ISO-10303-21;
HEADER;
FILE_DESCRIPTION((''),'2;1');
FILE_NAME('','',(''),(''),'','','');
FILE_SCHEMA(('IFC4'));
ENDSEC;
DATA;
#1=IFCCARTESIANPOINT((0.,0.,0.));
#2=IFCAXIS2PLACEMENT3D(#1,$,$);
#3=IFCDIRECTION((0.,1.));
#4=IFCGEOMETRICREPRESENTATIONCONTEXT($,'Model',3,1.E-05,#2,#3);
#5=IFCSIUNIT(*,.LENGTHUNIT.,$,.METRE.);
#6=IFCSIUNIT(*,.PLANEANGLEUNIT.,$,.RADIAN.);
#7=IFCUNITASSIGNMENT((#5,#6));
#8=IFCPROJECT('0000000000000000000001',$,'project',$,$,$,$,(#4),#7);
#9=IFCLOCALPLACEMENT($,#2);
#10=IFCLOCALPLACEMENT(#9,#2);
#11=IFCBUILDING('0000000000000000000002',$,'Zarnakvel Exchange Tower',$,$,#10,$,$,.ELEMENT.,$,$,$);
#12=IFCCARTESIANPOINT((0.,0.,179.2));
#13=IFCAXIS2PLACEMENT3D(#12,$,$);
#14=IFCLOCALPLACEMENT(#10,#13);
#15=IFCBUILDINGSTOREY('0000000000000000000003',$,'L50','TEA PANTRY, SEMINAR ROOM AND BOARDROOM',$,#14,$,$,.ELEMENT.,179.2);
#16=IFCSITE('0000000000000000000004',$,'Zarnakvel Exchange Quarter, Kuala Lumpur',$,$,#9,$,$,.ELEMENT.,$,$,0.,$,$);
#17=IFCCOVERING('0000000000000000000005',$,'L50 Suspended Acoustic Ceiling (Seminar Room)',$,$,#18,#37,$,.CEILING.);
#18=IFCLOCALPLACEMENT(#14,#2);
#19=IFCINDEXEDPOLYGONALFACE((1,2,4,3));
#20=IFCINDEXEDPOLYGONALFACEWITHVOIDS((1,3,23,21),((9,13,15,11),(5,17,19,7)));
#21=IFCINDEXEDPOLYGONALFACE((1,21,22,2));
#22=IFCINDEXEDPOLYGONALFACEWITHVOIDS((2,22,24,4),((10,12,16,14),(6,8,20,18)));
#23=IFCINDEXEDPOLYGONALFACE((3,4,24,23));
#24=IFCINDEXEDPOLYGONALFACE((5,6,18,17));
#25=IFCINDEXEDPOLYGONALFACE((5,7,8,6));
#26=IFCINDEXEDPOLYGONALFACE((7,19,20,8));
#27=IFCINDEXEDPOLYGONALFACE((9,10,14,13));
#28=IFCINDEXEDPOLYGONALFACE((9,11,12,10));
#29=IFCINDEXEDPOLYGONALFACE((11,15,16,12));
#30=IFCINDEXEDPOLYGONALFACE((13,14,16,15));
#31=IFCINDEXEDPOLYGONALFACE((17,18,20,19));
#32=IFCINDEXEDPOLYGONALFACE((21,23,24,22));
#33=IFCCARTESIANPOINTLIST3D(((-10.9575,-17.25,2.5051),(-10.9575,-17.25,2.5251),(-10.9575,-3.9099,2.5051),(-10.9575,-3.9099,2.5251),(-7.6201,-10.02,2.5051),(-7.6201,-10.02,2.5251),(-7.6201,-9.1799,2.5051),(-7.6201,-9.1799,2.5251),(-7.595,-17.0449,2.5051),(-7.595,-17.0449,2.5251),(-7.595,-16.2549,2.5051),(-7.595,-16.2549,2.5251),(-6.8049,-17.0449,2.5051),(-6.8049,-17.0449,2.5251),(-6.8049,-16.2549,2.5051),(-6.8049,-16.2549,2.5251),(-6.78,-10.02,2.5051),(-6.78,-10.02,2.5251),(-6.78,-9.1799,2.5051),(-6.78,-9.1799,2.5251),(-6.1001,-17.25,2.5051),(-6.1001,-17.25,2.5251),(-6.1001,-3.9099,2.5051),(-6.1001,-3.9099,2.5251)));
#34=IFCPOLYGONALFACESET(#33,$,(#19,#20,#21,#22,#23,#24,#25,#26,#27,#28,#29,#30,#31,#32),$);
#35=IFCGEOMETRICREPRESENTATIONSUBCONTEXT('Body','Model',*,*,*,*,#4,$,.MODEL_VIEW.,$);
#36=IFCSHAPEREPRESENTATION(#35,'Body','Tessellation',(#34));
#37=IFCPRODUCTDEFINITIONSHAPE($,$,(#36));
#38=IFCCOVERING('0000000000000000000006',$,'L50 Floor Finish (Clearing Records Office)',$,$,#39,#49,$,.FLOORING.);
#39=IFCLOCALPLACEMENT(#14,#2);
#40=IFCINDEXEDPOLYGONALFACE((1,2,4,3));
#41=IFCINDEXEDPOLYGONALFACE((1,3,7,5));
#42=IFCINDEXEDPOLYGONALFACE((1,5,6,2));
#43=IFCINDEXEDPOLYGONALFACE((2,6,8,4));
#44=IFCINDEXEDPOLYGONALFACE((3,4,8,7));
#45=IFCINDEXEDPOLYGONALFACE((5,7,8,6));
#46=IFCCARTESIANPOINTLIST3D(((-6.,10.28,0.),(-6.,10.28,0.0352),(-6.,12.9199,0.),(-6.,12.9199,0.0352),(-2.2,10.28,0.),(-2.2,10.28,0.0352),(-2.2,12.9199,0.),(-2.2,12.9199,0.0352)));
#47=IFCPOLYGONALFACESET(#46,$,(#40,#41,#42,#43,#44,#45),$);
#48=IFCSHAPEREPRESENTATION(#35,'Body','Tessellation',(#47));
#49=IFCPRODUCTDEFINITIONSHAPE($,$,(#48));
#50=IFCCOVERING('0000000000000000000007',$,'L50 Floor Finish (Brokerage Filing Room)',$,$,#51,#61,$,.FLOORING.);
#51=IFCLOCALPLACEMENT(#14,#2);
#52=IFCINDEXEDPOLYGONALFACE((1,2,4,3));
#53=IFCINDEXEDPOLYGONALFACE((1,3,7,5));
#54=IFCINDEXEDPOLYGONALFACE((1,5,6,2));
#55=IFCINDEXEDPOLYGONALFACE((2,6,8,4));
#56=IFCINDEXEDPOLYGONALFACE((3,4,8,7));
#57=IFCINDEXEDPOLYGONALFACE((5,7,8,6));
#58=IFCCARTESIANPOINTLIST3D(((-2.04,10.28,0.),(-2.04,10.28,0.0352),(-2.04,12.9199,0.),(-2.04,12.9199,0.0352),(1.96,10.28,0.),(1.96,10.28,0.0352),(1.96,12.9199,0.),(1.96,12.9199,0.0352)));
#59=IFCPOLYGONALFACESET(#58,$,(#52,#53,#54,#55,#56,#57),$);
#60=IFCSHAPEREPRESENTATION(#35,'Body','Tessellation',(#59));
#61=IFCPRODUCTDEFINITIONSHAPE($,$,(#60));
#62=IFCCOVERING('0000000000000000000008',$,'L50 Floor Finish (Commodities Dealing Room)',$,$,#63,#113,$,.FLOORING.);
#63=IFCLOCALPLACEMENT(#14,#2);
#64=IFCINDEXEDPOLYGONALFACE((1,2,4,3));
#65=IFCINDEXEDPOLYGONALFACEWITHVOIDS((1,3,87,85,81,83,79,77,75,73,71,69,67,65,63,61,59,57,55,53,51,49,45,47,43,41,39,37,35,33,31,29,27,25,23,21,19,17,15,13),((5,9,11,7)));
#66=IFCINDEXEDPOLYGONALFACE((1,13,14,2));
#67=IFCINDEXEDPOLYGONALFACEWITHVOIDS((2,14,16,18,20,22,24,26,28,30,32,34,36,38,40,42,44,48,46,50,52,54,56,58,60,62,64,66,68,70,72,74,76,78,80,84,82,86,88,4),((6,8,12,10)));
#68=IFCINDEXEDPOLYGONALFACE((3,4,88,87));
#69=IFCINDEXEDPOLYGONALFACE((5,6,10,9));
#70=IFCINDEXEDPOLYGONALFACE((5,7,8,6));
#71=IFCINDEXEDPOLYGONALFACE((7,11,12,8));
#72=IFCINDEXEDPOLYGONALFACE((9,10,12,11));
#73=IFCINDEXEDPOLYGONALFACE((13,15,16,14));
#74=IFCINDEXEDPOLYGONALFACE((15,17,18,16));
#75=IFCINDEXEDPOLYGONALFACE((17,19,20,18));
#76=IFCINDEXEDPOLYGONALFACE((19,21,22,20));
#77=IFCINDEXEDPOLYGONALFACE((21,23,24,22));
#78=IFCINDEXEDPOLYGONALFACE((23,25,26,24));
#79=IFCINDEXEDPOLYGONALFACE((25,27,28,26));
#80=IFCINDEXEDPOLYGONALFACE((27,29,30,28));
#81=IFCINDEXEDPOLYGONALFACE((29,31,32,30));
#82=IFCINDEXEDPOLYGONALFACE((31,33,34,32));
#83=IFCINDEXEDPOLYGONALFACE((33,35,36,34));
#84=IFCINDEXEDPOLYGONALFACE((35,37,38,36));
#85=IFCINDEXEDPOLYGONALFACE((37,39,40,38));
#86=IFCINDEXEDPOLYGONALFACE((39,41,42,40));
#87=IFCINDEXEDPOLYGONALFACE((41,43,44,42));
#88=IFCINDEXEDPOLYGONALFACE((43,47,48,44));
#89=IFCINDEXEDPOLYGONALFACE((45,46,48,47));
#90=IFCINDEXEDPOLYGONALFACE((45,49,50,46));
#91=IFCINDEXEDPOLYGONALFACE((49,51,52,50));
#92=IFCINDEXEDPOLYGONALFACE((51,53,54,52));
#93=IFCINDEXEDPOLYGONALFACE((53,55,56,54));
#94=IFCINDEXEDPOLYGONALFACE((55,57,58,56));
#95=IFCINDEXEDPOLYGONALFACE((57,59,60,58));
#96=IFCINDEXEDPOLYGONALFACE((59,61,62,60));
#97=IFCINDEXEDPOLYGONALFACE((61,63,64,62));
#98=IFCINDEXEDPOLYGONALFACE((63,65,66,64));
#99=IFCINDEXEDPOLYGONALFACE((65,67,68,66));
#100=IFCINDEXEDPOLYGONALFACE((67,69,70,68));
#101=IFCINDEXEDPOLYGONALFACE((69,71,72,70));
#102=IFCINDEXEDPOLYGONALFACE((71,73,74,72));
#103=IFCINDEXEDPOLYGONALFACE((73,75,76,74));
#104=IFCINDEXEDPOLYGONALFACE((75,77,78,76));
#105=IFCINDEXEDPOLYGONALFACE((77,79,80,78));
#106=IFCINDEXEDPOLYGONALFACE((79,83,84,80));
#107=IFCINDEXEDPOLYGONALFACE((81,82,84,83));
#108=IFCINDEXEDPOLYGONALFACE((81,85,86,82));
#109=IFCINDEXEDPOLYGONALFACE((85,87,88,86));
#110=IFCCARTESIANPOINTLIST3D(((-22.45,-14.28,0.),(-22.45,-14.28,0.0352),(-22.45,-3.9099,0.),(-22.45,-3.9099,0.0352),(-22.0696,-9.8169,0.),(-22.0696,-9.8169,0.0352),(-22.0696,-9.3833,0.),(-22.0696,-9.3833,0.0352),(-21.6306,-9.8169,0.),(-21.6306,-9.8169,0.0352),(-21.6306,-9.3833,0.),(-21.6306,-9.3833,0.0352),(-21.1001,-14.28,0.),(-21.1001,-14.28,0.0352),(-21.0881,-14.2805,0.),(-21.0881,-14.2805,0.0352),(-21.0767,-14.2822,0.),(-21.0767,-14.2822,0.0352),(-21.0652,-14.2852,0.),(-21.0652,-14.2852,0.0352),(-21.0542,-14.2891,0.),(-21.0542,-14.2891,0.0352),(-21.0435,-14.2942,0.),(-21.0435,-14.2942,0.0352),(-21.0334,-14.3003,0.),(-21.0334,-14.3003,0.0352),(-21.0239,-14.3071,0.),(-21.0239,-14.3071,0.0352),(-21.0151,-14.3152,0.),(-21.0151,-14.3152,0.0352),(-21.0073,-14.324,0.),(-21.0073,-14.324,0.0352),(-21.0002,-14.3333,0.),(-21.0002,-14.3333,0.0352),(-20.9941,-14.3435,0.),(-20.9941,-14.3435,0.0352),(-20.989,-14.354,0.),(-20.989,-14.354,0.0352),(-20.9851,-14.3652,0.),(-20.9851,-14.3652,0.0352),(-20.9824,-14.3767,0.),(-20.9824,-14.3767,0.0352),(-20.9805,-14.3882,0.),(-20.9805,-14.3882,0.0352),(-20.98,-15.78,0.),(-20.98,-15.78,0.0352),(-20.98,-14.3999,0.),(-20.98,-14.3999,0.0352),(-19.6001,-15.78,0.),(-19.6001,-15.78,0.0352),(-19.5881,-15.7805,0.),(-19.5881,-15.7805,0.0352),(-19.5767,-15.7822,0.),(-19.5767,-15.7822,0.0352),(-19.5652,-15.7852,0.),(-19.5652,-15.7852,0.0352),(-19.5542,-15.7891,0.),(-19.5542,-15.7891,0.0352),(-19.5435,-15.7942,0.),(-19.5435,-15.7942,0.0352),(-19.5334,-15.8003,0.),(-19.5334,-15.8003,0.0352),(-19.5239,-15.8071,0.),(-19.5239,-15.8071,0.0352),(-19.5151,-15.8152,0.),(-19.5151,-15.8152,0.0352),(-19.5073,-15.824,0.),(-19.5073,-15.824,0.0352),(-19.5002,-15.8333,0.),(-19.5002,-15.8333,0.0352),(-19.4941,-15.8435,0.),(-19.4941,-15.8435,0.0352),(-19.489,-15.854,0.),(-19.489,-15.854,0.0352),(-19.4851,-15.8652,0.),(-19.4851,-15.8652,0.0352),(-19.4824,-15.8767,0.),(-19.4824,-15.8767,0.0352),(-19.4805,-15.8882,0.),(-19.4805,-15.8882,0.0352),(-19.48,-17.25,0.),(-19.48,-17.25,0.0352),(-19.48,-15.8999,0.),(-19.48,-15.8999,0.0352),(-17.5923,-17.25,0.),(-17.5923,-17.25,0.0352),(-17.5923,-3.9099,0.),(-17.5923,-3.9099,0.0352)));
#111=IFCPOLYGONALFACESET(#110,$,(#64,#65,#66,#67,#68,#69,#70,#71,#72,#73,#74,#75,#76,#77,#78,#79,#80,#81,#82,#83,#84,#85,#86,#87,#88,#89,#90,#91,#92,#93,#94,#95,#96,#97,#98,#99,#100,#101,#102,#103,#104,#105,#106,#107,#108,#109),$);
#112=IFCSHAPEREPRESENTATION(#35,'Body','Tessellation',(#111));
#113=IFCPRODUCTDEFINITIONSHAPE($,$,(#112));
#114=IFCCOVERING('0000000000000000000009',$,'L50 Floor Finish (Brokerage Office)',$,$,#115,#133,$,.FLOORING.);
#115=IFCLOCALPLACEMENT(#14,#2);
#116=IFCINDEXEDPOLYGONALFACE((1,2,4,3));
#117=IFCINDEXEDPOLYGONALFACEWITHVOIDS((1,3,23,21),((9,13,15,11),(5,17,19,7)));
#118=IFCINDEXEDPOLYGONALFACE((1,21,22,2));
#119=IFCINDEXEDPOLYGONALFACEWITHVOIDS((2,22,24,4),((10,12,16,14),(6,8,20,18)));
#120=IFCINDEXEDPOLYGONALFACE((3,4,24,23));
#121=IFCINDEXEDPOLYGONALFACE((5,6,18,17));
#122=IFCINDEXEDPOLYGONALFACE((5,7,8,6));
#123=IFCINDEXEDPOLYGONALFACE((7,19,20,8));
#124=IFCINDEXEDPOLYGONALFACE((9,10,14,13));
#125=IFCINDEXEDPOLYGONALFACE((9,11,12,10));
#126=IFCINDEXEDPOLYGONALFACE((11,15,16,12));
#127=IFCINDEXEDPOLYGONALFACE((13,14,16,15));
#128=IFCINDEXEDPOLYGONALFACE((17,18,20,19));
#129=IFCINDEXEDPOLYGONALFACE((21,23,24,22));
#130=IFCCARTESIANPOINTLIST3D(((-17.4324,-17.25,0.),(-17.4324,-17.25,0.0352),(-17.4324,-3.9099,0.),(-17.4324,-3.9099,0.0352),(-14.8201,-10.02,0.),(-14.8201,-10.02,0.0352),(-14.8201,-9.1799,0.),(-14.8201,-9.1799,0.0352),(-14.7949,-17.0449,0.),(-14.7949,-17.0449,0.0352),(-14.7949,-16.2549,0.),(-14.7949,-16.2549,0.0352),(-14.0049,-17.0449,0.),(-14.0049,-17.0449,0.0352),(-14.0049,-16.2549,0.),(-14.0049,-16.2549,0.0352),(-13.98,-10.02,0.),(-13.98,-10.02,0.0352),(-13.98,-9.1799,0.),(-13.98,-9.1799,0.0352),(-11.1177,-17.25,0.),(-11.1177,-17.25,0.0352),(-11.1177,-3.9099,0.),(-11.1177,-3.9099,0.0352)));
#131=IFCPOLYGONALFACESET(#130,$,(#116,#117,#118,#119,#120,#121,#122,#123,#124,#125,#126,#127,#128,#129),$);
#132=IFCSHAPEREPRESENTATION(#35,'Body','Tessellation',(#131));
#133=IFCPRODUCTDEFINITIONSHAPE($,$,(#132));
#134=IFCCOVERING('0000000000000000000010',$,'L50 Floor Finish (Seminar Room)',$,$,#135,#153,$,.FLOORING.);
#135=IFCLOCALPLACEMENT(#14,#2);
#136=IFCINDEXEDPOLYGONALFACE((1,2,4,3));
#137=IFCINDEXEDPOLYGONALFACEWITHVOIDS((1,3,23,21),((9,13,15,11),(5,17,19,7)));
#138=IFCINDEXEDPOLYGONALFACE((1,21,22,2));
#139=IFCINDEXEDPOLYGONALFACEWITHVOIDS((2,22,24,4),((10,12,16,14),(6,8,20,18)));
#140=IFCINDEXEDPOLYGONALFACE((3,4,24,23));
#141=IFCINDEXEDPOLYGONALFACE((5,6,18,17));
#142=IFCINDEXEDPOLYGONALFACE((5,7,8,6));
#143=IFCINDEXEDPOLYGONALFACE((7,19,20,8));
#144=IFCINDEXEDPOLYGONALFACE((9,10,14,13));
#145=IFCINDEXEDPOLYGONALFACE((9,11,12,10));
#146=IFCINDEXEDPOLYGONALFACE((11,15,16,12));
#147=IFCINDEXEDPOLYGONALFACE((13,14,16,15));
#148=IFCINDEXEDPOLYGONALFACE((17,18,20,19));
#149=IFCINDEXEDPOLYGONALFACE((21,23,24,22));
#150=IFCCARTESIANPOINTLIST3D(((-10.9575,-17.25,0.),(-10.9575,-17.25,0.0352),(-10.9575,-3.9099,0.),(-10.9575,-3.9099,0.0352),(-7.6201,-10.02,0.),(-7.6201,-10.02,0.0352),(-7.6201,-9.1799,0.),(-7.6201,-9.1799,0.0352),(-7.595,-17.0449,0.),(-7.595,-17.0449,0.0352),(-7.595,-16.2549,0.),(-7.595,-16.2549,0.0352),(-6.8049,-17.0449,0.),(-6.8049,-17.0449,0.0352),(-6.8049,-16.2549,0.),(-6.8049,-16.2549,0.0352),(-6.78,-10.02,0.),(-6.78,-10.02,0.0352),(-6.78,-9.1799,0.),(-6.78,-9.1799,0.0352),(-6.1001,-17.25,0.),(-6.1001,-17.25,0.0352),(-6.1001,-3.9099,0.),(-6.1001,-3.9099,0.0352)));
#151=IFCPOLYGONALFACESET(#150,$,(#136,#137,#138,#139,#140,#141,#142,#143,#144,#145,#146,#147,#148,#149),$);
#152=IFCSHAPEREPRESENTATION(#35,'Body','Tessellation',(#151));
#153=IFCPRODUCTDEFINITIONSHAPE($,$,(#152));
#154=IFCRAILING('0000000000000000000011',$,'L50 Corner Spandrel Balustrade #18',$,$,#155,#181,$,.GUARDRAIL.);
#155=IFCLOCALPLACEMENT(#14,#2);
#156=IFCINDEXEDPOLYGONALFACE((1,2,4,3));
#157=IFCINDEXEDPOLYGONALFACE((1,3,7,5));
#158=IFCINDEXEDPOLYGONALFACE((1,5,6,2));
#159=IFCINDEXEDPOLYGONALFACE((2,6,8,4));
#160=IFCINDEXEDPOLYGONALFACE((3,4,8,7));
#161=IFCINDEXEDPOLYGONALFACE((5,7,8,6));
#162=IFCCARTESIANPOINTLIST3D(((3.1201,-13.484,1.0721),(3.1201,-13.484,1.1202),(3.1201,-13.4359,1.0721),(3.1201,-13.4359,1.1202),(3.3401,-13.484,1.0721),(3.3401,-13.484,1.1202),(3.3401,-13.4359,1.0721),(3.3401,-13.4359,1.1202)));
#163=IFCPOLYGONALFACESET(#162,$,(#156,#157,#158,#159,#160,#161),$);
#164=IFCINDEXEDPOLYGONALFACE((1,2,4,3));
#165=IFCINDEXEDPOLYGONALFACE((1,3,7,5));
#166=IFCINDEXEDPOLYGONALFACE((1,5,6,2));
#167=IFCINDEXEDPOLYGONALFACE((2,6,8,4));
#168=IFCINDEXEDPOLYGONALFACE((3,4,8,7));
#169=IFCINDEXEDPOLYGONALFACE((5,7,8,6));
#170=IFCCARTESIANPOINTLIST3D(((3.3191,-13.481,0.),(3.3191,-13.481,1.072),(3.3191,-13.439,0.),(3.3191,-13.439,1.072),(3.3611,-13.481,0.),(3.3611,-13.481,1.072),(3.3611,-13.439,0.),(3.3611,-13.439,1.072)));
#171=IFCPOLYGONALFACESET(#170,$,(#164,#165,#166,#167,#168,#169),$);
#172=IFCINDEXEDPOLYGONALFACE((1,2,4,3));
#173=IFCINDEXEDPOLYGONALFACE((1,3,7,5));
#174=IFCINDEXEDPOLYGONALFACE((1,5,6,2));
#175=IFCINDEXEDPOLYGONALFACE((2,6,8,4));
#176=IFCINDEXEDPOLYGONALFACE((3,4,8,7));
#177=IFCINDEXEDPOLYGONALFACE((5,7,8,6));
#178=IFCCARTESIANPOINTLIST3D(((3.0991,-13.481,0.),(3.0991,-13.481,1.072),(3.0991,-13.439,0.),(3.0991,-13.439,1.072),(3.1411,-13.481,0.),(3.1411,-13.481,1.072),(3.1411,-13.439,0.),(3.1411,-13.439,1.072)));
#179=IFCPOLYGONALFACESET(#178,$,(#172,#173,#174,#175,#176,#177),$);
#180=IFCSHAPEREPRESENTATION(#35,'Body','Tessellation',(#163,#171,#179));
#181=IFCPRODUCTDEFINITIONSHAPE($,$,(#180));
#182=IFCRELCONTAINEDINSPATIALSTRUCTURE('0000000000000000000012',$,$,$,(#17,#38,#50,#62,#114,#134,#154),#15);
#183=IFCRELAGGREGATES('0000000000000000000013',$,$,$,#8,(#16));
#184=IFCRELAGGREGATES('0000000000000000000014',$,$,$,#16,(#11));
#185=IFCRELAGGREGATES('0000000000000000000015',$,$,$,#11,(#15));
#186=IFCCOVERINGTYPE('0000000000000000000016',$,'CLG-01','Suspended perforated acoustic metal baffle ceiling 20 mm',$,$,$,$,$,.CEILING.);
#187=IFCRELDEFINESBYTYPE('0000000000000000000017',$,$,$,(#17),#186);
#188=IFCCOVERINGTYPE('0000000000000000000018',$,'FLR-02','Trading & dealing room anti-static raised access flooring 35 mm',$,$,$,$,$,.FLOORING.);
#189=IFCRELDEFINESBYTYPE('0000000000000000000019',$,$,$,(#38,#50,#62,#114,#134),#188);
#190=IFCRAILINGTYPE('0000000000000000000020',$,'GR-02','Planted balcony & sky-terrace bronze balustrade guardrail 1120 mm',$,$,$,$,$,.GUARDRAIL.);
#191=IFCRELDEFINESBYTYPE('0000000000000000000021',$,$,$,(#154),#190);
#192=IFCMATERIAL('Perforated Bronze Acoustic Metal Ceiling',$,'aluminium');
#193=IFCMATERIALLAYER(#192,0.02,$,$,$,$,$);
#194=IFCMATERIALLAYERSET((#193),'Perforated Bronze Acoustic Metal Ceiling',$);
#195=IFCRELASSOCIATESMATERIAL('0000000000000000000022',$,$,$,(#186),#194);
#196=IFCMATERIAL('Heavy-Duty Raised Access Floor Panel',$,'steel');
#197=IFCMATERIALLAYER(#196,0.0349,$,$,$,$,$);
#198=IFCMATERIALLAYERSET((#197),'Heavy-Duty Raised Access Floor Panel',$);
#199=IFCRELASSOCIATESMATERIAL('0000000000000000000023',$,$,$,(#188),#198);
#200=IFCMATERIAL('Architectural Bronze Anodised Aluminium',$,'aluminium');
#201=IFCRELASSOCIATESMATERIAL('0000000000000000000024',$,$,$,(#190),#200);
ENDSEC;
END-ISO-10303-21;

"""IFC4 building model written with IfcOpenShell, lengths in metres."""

from ifc_helpers import new_model, si_unit, direction, frame, origin, origin_2d, place, context, subcontext, project, spatial, polyline, rectangle, outline, extrude, material, layer, layer_set, type_object, element, save


model = new_model("IFC4")

# Units and contexts
model_context = context("Model", 3, precision=1e-05, world=origin(), true_north=direction((0.0, 1.0)))
body_context = subcontext(model_context, "Body", "Model", "MODEL_VIEW")
ifc_project = project(units=[si_unit("LENGTHUNIT", "METRE"), si_unit("PLANEANGLEUNIT", "RADIAN")], contexts=[model_context])

# Site, building, storey
site_placement = place(None, origin())
site = spatial("IfcSite", under=ifc_project, at=site_placement, Name="Zarnakvel Exchange Quarter, Kuala Lumpur", CompositionType="ELEMENT", RefElevation=0.0)
building_placement = place(site_placement, origin())
building = spatial("IfcBuilding", under=site, at=building_placement, Name="Zarnakvel Exchange Tower", CompositionType="ELEMENT")
storey_placement = place(building_placement, frame((0.0, 0.0, 179.2)))
storey = spatial("IfcBuildingStorey", under=building, at=storey_placement, Name="L50", Description="TEA PANTRY, SEMINAR ROOM AND BOARDROOM", CompositionType="ELEMENT", Elevation=179.2)

# Coverings
ifc_material_1 = material(Name="Perforated Bronze Acoustic Metal Ceiling", Category="aluminium")
ifc_layer_1 = layer(ifc_material_1, 0.02)
ifc_layer_set_1 = layer_set([ifc_layer_1], Name="Perforated Bronze Acoustic Metal Ceiling")
covering_type_1 = type_object("IfcCoveringType", Name="CLG-01", Description="Suspended perforated acoustic metal baffle ceiling 20 mm", PredefinedType="CEILING", material=ifc_layer_set_1)
covering_1_placement = place(storey_placement, frame((0.0, 0.0, 2.5051)))
element("IfcCovering", 1, at=covering_1_placement, inside=storey, type_object=covering_type_1, Name="L50 Suspended Acoustic Ceiling (Seminar Room)", PredefinedType="CEILING", context=body_context, shape_type="SweptSolid", body=[
    extrude(outline(polyline([(-10.9575, -3.9099), (-6.1001, -3.9099), (-6.1001, -17.25), (-10.9575, -17.25), (-10.9575, -3.9099)]), holes=[polyline([(-6.78, -10.02), (-6.78, -9.1799), (-7.6201, -9.1799), (-7.6201, -10.02), (-6.78, -10.02)]), polyline([(-6.8049, -17.0449), (-6.8049, -16.2549), (-7.595, -16.2549), (-7.595, -17.0449), (-6.8049, -17.0449)])]), origin(), (0.0, 0.0, 1.0), 0.02),
])
ifc_material_2 = material(Name="Heavy-Duty Raised Access Floor Panel", Category="steel")
ifc_layer_2 = layer(ifc_material_2, 0.0349)
ifc_layer_set_2 = layer_set([ifc_layer_2], Name="Heavy-Duty Raised Access Floor Panel")
covering_type_2 = type_object("IfcCoveringType", Name="FLR-02", Description="Trading & dealing room anti-static raised access flooring 35 mm", PredefinedType="FLOORING", material=ifc_layer_set_2)
covering_2_placement = place(storey_placement, origin())
element("IfcCovering", 2, at=covering_2_placement, inside=storey, type_object=covering_type_2, Name="L50 Floor Finish (Clearing Records Office)", PredefinedType="FLOORING", context=body_context, shape_type="SweptSolid", body=[
    extrude(outline(polyline([(-6.0, 12.9199), (-2.2, 12.9199), (-2.2, 10.28), (-6.0, 10.28), (-6.0, 12.9199)])), origin(), (0.0, 0.0, 1.0), 0.0352),
])
covering_3_placement = place(storey_placement, origin())
element("IfcCovering", 3, at=covering_3_placement, inside=storey, type_object=covering_type_2, Name="L50 Floor Finish (Brokerage Filing Room)", PredefinedType="FLOORING", context=body_context, shape_type="SweptSolid", body=[
    extrude(outline(polyline([(-2.04, 12.9199), (1.96, 12.9199), (1.96, 10.28), (-2.04, 10.28), (-2.04, 12.9199)])), origin(), (0.0, 0.0, 1.0), 0.0352),
])
covering_4_placement = place(storey_placement, origin())
element("IfcCovering", 4, at=covering_4_placement, inside=storey, type_object=covering_type_2, Name="L50 Floor Finish (Commodities Dealing Room)", PredefinedType="FLOORING", context=body_context, shape_type="SweptSolid", body=[
    extrude(outline(polyline([(-17.5923, -3.9099), (-17.5923, -17.25), (-19.48, -17.25), (-19.48, -15.8999), (-19.4805, -15.8882), (-19.4824, -15.8767), (-19.4851, -15.8652), (-19.489, -15.854), (-19.4941, -15.8435), (-19.5002, -15.8333), (-19.5073, -15.824), (-19.5151, -15.8152), (-19.5239, -15.8071), (-19.5334, -15.8003), (-19.5435, -15.7942), (-19.5542, -15.7891), (-19.5652, -15.7852), (-19.5767, -15.7822), (-19.5881, -15.7805), (-19.6001, -15.78), (-20.98, -15.78), (-20.98, -14.3999), (-20.9805, -14.3882), (-20.9824, -14.3767), (-20.9851, -14.3652), (-20.989, -14.354), (-20.9941, -14.3435), (-21.0002, -14.3333), (-21.0073, -14.324), (-21.0151, -14.3152), (-21.0239, -14.3071), (-21.0334, -14.3003), (-21.0435, -14.2942), (-21.0542, -14.2891), (-21.0652, -14.2852), (-21.0767, -14.2822), (-21.0881, -14.2805), (-21.1001, -14.28), (-22.45, -14.28), (-22.45, -3.9099), (-17.5923, -3.9099)]), holes=[polyline([(-21.6306, -9.8169), (-21.6306, -9.3833), (-22.0696, -9.3833), (-22.0696, -9.8169), (-21.6306, -9.8169)])]), origin(), (0.0, 0.0, 1.0), 0.0352),
])
covering_5_placement = place(storey_placement, origin())
element("IfcCovering", 5, at=covering_5_placement, inside=storey, type_object=covering_type_2, Name="L50 Floor Finish (Brokerage Office)", PredefinedType="FLOORING", context=body_context, shape_type="SweptSolid", body=[
    extrude(outline(polyline([(-17.4324, -3.9099), (-11.1177, -3.9099), (-11.1177, -17.25), (-17.4324, -17.25), (-17.4324, -3.9099)]), holes=[polyline([(-13.98, -10.02), (-13.98, -9.1799), (-14.8201, -9.1799), (-14.8201, -10.02), (-13.98, -10.02)]), polyline([(-14.0049, -16.2549), (-14.7949, -16.2549), (-14.7949, -17.0449), (-14.0049, -17.0449), (-14.0049, -16.2549)])]), origin(), (0.0, 0.0, 1.0), 0.0352),
])
covering_6_placement = place(storey_placement, origin())
element("IfcCovering", 6, at=covering_6_placement, inside=storey, type_object=covering_type_2, Name="L50 Floor Finish (Seminar Room)", PredefinedType="FLOORING", context=body_context, shape_type="SweptSolid", body=[
    extrude(outline(polyline([(-10.9575, -3.9099), (-6.1001, -3.9099), (-6.1001, -17.25), (-10.9575, -17.25), (-10.9575, -3.9099)]), holes=[polyline([(-6.78, -10.02), (-6.78, -9.1799), (-7.6201, -9.1799), (-7.6201, -10.02), (-6.78, -10.02)]), polyline([(-6.8049, -17.0449), (-6.8049, -16.2549), (-7.595, -16.2549), (-7.595, -17.0449), (-6.8049, -17.0449)])]), origin(), (0.0, 0.0, 1.0), 0.0352),
])

# Railing
ifc_material_3 = material(Name="Architectural Bronze Anodised Aluminium", Category="aluminium")
railing_type = type_object("IfcRailingType", Name="GR-02", Description="Planted balcony & sky-terrace bronze balustrade guardrail 1120 mm", PredefinedType="GUARDRAIL", material=ifc_material_3)
railing_placement = place(storey_placement, frame((3.3401, -13.46, 0.0)))
element("IfcRailing", 7, at=railing_placement, inside=storey, type_object=railing_type, Name="L50 Corner Spandrel Balustrade #18", PredefinedType="GUARDRAIL", context=body_context, shape_type="SweptSolid", body=[
    extrude(rectangle(XDim=0.0481, YDim=0.0481, at=origin_2d()), frame((0.0, 0.0, 1.0962), z_axis=(-1.0, 0.0, 0.0), x_axis=(0.0, -1.0, 0.0)), (0.0, 0.0, 1.0), 0.22),
    extrude(rectangle(XDim=0.042, YDim=0.042, at=origin_2d()), origin(), (0.0, 0.0, 1.0), 1.072),
    extrude(rectangle(XDim=0.042, YDim=0.042, at=origin_2d()), frame((-0.22, 0.0, 0.0)), (0.0, 0.0, 1.0), 1.072),
])

save(model, "model.ifc")
